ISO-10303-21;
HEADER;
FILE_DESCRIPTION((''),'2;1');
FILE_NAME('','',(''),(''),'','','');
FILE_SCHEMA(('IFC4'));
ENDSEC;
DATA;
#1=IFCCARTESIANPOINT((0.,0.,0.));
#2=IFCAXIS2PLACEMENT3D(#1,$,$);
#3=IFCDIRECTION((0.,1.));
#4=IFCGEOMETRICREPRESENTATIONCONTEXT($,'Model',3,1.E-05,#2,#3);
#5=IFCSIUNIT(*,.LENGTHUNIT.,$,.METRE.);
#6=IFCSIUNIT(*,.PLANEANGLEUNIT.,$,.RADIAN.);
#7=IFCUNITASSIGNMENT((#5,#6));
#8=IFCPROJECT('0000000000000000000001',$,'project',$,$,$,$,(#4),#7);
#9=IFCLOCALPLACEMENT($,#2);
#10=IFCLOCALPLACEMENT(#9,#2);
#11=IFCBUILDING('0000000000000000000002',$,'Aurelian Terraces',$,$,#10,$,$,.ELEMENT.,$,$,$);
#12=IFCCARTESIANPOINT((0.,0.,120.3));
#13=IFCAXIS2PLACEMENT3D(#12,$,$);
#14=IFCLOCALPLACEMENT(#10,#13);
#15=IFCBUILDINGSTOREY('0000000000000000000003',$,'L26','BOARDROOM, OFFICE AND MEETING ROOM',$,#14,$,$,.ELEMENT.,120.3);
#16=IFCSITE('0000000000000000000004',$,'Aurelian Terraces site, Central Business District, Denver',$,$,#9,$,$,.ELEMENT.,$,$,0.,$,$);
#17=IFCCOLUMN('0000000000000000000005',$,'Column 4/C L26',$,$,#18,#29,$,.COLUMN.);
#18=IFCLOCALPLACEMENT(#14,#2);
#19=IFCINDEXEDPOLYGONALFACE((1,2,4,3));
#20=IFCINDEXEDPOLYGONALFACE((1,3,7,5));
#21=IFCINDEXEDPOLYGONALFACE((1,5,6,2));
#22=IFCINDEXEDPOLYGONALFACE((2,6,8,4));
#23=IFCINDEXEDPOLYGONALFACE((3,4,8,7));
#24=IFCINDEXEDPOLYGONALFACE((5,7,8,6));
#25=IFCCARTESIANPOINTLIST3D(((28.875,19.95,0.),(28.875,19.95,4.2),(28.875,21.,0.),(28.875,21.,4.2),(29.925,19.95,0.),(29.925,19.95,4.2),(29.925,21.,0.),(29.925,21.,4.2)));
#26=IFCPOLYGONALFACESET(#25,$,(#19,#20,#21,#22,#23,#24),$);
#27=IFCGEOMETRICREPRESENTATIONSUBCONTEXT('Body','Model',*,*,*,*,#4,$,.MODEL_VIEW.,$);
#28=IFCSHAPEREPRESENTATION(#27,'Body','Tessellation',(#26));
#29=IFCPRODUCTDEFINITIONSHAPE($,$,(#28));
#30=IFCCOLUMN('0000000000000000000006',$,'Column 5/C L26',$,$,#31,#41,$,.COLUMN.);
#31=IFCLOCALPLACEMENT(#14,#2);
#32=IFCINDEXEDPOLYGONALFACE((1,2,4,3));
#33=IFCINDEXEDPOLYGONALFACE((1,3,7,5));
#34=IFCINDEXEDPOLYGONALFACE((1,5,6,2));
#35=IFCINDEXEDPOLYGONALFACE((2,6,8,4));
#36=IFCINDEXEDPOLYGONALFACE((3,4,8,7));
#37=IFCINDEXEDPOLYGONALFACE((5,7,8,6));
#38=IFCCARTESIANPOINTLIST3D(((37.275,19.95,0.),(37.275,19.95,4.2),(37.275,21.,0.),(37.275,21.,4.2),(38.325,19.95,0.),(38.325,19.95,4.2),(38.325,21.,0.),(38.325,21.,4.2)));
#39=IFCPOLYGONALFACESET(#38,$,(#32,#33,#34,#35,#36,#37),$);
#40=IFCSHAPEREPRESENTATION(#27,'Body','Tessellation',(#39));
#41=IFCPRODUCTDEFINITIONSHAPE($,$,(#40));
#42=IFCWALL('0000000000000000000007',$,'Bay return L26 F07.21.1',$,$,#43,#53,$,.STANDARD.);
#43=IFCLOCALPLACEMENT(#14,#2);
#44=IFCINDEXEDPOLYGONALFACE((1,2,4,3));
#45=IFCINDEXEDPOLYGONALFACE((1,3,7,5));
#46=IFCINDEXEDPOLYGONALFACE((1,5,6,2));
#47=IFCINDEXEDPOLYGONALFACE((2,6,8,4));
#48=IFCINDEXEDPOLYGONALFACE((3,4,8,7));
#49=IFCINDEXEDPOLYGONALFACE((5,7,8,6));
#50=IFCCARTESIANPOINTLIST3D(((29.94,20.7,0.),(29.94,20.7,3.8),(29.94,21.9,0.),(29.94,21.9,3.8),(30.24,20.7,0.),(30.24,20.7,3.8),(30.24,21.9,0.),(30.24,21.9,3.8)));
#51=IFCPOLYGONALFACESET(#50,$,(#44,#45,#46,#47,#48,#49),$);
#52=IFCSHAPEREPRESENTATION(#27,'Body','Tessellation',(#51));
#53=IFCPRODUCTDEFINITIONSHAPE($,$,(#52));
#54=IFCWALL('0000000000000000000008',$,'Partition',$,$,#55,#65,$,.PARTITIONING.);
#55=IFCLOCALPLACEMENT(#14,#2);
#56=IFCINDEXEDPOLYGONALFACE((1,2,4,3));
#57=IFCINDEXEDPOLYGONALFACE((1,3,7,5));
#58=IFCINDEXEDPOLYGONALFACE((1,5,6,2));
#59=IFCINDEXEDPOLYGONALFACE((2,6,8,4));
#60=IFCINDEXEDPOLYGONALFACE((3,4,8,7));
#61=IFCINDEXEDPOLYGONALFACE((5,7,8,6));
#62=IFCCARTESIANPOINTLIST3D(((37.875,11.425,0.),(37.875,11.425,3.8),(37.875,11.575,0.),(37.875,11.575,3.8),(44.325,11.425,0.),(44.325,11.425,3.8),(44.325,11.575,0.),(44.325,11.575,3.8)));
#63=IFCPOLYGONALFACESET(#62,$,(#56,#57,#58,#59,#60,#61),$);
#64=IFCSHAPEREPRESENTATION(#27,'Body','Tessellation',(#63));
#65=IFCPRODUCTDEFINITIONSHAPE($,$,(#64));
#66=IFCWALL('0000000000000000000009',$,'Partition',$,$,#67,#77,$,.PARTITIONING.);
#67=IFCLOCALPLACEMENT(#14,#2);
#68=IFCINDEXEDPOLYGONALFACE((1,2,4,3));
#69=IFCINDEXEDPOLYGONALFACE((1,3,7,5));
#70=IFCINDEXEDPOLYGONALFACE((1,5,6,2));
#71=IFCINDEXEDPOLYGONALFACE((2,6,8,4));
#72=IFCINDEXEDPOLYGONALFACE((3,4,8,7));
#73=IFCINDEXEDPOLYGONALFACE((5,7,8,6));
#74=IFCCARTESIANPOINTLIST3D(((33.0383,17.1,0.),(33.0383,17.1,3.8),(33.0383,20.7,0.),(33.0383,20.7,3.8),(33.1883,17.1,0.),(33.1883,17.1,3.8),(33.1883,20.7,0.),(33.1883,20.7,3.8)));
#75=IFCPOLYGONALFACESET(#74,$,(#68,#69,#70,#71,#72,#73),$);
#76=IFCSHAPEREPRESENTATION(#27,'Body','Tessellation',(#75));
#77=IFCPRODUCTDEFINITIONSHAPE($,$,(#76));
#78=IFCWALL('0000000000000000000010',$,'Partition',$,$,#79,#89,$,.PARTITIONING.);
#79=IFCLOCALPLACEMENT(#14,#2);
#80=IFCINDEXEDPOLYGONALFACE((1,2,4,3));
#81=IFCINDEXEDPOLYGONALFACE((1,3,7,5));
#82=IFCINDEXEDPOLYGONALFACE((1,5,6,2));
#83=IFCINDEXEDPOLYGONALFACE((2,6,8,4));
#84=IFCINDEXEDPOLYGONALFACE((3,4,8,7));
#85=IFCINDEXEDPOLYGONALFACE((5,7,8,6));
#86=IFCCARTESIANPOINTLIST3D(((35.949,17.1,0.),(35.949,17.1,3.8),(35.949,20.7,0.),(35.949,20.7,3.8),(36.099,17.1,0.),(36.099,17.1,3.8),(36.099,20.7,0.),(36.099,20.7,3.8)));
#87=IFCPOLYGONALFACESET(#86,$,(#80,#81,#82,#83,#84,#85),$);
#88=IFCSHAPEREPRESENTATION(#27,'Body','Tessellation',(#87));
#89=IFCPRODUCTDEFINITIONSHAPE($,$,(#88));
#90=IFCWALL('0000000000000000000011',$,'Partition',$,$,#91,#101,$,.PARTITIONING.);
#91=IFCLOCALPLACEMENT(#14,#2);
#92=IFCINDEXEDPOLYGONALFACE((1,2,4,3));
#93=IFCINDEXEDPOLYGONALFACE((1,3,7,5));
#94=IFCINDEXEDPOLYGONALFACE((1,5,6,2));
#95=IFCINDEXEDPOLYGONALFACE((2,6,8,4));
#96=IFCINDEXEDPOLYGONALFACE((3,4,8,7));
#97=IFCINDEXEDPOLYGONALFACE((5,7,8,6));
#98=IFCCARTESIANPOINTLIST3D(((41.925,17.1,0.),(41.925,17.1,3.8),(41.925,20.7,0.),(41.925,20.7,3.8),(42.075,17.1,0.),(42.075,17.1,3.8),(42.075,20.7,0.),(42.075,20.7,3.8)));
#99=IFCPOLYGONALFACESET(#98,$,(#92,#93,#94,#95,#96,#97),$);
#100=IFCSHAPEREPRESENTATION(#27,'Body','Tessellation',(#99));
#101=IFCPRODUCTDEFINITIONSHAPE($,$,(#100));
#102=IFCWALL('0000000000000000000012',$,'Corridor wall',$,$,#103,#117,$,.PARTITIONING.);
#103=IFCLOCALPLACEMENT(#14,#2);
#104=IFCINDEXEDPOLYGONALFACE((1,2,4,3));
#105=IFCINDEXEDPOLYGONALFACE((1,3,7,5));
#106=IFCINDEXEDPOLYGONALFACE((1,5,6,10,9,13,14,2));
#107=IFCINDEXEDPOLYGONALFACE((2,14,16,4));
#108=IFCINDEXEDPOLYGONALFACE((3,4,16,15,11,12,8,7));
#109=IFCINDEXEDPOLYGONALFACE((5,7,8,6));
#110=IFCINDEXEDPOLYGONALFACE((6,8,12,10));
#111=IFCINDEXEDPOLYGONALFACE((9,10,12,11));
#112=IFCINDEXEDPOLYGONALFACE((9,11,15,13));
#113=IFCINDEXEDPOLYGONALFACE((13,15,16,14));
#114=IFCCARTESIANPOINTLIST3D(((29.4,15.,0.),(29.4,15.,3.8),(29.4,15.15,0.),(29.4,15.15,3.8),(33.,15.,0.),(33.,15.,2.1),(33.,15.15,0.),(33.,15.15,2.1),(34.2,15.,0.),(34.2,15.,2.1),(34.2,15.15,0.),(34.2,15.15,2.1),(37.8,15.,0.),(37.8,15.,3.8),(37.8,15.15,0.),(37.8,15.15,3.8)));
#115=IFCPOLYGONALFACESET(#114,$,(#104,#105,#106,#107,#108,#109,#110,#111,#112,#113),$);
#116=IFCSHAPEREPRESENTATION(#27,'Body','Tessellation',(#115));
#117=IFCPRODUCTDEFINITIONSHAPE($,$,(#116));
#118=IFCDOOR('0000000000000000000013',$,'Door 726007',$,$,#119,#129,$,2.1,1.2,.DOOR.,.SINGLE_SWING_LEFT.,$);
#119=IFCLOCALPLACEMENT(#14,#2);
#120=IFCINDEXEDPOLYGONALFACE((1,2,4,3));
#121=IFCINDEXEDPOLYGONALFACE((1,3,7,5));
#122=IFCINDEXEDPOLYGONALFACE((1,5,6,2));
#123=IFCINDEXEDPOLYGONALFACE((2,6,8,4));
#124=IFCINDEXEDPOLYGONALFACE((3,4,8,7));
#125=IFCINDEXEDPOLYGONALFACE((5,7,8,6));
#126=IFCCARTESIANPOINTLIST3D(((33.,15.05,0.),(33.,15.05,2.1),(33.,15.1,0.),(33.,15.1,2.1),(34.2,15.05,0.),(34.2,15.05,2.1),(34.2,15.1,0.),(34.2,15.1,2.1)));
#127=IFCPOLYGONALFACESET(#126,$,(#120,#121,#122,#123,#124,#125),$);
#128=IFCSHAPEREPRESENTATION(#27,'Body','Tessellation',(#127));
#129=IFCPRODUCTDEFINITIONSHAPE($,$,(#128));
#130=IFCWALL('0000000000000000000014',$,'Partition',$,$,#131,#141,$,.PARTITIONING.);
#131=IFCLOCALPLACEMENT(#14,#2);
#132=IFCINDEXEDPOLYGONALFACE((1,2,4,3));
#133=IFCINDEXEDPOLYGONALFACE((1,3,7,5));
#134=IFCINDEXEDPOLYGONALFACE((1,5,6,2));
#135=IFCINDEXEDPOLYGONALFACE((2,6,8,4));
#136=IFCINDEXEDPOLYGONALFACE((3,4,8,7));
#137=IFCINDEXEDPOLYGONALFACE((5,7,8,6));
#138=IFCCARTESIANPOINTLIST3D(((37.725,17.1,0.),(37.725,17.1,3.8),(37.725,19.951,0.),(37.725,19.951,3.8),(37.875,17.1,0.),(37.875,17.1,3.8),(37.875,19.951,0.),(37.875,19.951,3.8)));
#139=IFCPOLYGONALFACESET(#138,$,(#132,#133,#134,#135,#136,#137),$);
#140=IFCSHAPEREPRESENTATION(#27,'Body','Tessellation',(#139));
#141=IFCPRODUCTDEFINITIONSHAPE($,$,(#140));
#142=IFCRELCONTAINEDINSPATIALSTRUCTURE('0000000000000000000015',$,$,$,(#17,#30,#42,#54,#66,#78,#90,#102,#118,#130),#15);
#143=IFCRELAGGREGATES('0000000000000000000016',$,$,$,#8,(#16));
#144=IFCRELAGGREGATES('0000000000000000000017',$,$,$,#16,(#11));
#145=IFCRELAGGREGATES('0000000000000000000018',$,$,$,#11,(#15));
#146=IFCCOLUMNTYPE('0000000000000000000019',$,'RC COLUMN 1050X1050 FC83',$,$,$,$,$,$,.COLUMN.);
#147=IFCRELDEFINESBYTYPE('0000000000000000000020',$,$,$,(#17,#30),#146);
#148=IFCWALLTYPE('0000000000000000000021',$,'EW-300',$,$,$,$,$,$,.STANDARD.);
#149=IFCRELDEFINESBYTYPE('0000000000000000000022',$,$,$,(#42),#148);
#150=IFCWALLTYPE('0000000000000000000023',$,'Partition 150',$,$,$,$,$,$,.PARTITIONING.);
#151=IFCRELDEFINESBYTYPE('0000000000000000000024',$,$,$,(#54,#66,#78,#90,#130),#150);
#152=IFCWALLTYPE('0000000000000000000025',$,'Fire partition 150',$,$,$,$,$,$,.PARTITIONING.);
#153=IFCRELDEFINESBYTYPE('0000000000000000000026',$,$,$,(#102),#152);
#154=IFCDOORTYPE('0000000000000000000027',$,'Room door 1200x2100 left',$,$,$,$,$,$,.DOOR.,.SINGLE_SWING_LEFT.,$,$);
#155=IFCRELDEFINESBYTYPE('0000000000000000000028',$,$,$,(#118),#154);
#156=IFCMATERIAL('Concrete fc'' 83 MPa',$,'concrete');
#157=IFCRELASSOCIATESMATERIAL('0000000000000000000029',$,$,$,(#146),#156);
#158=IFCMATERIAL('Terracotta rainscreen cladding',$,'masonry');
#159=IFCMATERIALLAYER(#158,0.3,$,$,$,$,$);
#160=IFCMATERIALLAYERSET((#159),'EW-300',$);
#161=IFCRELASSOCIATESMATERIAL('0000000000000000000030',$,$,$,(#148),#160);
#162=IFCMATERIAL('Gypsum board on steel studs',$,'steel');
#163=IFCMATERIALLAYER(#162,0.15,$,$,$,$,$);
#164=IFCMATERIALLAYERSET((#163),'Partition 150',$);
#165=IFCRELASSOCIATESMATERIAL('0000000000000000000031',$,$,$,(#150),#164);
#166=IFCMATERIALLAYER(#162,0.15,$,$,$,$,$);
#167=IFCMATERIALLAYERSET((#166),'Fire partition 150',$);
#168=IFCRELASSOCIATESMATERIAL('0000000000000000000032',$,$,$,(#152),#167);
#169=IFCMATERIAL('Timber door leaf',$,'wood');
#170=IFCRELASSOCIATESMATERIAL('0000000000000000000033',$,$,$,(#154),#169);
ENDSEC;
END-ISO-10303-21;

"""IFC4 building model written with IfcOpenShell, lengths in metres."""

from ifc_helpers import new_model, si_unit, direction, frame, frame_2d, origin, origin_2d, place, context, subcontext, project, spatial, rectangle, extrude, source, transform, mapped, material, layer, layer_set, material_profile, profile_set, type_object, element, fill, save


model = new_model("IFC4")

# Units and contexts
model_context = context("Model", 3, precision=1e-05, world=origin(), true_north=direction((0.0, 1.0)))
body_context = subcontext(model_context, "Body", "Model", "MODEL_VIEW")
ifc_project = project(units=[si_unit("LENGTHUNIT", "METRE"), si_unit("PLANEANGLEUNIT", "RADIAN")], contexts=[model_context])

# Site, building, storey
site_placement = place(None, origin())
site = spatial("IfcSite", under=ifc_project, at=site_placement, Name="Aurelian Terraces site, Central Business District, Denver", CompositionType="ELEMENT", RefElevation=0.0)
building_placement = place(site_placement, origin())
building = spatial("IfcBuilding", under=site, at=building_placement, Name="Aurelian Terraces", CompositionType="ELEMENT")
storey_placement = place(building_placement, frame((0.0, 0.0, 120.3)))
storey = spatial("IfcBuildingStorey", under=building, at=storey_placement, Name="L26", Description="BOARDROOM, OFFICE AND MEETING ROOM", CompositionType="ELEMENT", Elevation=120.3)

# Columns
ifc_material_1 = material(Name="Concrete fc' 83 MPa", Category="concrete")
ifc_material_profile = material_profile(ifc_material_1, rectangle(XDim=1.05, YDim=1.05, at=origin_2d()))
ifc_profile_set = profile_set([ifc_material_profile], Name="Concrete fc' 83 MPa")
column_type = type_object("IfcColumnType", Name="RC COLUMN 1050X1050 FC83", PredefinedType="COLUMN", material=ifc_profile_set)
shared_shape_1 = source(origin(), body_context, "Body", "SweptSolid", [
    extrude(rectangle(XDim=1.05, YDim=1.05, at=origin_2d()), origin(), (0.0, 0.0, 1.0), 4.2),
])
for number, where, z_axis, x_axis, name in (
    (1, (29.4, 20.475, 0.0), (0.0, 0.0, 1.0), (1.0, 0.0, 0.0), "Column 4/C L26"),
    (2, (37.8, 20.475, 0.0), (0.0, 0.0, 1.0), (1.0, 0.0, 0.0), "Column 5/C L26"),
):
    element("IfcColumn", number, at=place(storey_placement, frame(where, z_axis=z_axis, x_axis=x_axis)), inside=storey, type_object=column_type, Name=name, PredefinedType="COLUMN", context=body_context, shape_type="MappedRepresentation", body=[
        mapped(shared_shape_1, transform((0.0, 0.0, 0.0), scale=1.0)),
    ])

# Walls
ifc_material_2 = material(Name="Terracotta rainscreen cladding", Category="masonry")
ifc_layer_1 = layer(ifc_material_2, 0.3)
ifc_layer_set_1 = layer_set([ifc_layer_1], Name="EW-300")
wall_type_1 = type_object("IfcWallType", Name="EW-300", PredefinedType="STANDARD", material=ifc_layer_set_1)
shared_shape_2 = source(origin(), body_context, "Body", "SweptSolid", [
    extrude(rectangle(XDim=1.2, YDim=0.3, at=frame_2d((0.6, 0.0))), origin(), (0.0, 0.0, 1.0), 3.8),
])
wall_1_placement = place(storey_placement, frame((30.09, 20.7, 0.0), z_axis=(0.0, 0.0, 1.0), x_axis=(0.0, 1.0, 0.0)))
element("IfcWall", 3, at=wall_1_placement, inside=storey, type_object=wall_type_1, Name="Bay return L26 F07.21.1", PredefinedType="STANDARD", context=body_context, shape_type="MappedRepresentation", body=[
    mapped(shared_shape_2, transform((0.0, 0.0, 0.0), scale=1.0)),
])
ifc_material_3 = material(Name="Gypsum board on steel studs", Category="steel")
ifc_layer_2 = layer(ifc_material_3, 0.15)
ifc_layer_set_2 = layer_set([ifc_layer_2], Name="Partition 150")
wall_type_2 = type_object("IfcWallType", Name="Partition 150", PredefinedType="PARTITIONING", material=ifc_layer_set_2)
shared_shape_3 = source(origin(), body_context, "Body", "SweptSolid", [
    extrude(rectangle(XDim=6.45, YDim=0.15, at=frame_2d((3.225, 0.0))), origin(), (0.0, 0.0, 1.0), 3.8),
])
wall_2_placement = place(storey_placement, frame((37.875, 11.5, 0.0), z_axis=(0.0, 0.0, 1.0), x_axis=(1.0, 0.0, 0.0)))
element("IfcWall", 4, at=wall_2_placement, inside=storey, type_object=wall_type_2, Name="Partition", PredefinedType="PARTITIONING", context=body_context, shape_type="MappedRepresentation", body=[
    mapped(shared_shape_3, transform((0.0, 0.0, 0.0), scale=1.0)),
])
shared_shape_4 = source(origin(), body_context, "Body", "SweptSolid", [
    extrude(rectangle(XDim=3.6, YDim=0.15, at=frame_2d((1.8, 0.0))), origin(), (0.0, 0.0, 1.0), 3.8),
])
for number, where, z_axis, x_axis, name in (
    (5, (33.1133, 20.7, 0.0), (0.0, 0.0, 1.0), (0.0, -1.0, 0.0), "Partition"),
    (6, (36.024, 20.7, 0.0), (0.0, 0.0, 1.0), (0.0, -1.0, 0.0), "Partition"),
    (7, (42.0, 17.1, 0.0), (0.0, 0.0, 1.0), (0.0, 1.0, 0.0), "Partition"),
):
    element("IfcWall", number, at=place(storey_placement, frame(where, z_axis=z_axis, x_axis=x_axis)), inside=storey, type_object=wall_type_2, Name=name, PredefinedType="PARTITIONING", context=body_context, shape_type="MappedRepresentation", body=[
        mapped(shared_shape_4, transform((0.0, 0.0, 0.0), scale=1.0)),
    ])

# Wall, opening, door
ifc_layer_3 = layer(ifc_material_3, 0.15)
ifc_layer_set_3 = layer_set([ifc_layer_3], Name="Fire partition 150")
wall_type_3 = type_object("IfcWallType", Name="Fire partition 150", PredefinedType="PARTITIONING", material=ifc_layer_set_3)
shared_shape_5 = source(origin(), body_context, "Body", "SweptSolid", [
    extrude(rectangle(XDim=8.4, YDim=0.15, at=frame_2d((4.2, 0.0))), origin(), (0.0, 0.0, 1.0), 3.8),
])
wall_3_placement = place(storey_placement, frame((37.8, 15.075, 0.0), z_axis=(0.0, 0.0, 1.0), x_axis=(-1.0, 0.0, 0.0)))
wall_3 = element("IfcWall", 8, at=wall_3_placement, inside=storey, type_object=wall_type_3, Name="Corridor wall", PredefinedType="PARTITIONING", context=body_context, shape_type="MappedRepresentation", body=[
    mapped(shared_shape_5, transform((0.0, 0.0, 0.0), scale=1.0)),
])
shared_shape_6 = source(origin(), body_context, "Body", "SweptSolid", [
    extrude(rectangle(XDim=1.2, YDim=2.1, at=frame_2d((0.6, 1.05))), frame((0.0, 0.085, 0.0), z_axis=(0.0, -1.0, 0.0), x_axis=(1.0, 0.0, 0.0)), (0.0, 0.0, 1.0), 0.17),
])
opening_placement = place(wall_3_placement, frame((3.6, 0.0, 0.0)))
opening = element("IfcOpeningElement", 9, at=opening_placement, cuts=wall_3, PredefinedType="OPENING", context=body_context, shape_type="MappedRepresentation", body=[
    mapped(shared_shape_6, transform((0.0, 0.0, 0.0), scale=1.0)),
])
ifc_material_4 = material(Name="Timber door leaf", Category="wood")
door_type = type_object("IfcDoorType", Name="Room door 1200x2100 left", OperationType="SINGLE_SWING_LEFT", PredefinedType="DOOR", material=ifc_material_4)
shared_shape_7 = source(origin(), body_context, "Body", "SweptSolid", [
    extrude(rectangle(XDim=1.2, YDim=2.1, at=frame_2d((0.6, 1.05))), frame((0.0, 0.025, 0.0), z_axis=(0.0, -1.0, 0.0), x_axis=(1.0, 0.0, 0.0)), (0.0, 0.0, 1.0), 0.05),
])
door_placement = place(opening_placement, origin())
door = element("IfcDoor", 10, at=door_placement, inside=storey, type_object=door_type, Name="Door 726007", OperationType="SINGLE_SWING_LEFT", OverallHeight=2.1, OverallWidth=1.2, PredefinedType="DOOR", context=body_context, shape_type="MappedRepresentation", body=[
    mapped(shared_shape_7, transform((0.0, 0.0, 0.0), scale=1.0)),
])
fill(opening, door)

# Wall
shared_shape_8 = source(origin(), body_context, "Body", "SweptSolid", [
    extrude(rectangle(XDim=2.851, YDim=0.15, at=frame_2d((1.4255, 0.0))), origin(), (0.0, 0.0, 1.0), 3.8),
])
wall_4_placement = place(storey_placement, frame((37.8, 17.1, 0.0), z_axis=(0.0, 0.0, 1.0), x_axis=(0.0, 1.0, 0.0)))
element("IfcWall", 11, at=wall_4_placement, inside=storey, type_object=wall_type_2, Name="Partition", PredefinedType="PARTITIONING", context=body_context, shape_type="MappedRepresentation", body=[
    mapped(shared_shape_8, transform((0.0, 0.0, 0.0), scale=1.0)),
])

save(model, "model.ifc")
